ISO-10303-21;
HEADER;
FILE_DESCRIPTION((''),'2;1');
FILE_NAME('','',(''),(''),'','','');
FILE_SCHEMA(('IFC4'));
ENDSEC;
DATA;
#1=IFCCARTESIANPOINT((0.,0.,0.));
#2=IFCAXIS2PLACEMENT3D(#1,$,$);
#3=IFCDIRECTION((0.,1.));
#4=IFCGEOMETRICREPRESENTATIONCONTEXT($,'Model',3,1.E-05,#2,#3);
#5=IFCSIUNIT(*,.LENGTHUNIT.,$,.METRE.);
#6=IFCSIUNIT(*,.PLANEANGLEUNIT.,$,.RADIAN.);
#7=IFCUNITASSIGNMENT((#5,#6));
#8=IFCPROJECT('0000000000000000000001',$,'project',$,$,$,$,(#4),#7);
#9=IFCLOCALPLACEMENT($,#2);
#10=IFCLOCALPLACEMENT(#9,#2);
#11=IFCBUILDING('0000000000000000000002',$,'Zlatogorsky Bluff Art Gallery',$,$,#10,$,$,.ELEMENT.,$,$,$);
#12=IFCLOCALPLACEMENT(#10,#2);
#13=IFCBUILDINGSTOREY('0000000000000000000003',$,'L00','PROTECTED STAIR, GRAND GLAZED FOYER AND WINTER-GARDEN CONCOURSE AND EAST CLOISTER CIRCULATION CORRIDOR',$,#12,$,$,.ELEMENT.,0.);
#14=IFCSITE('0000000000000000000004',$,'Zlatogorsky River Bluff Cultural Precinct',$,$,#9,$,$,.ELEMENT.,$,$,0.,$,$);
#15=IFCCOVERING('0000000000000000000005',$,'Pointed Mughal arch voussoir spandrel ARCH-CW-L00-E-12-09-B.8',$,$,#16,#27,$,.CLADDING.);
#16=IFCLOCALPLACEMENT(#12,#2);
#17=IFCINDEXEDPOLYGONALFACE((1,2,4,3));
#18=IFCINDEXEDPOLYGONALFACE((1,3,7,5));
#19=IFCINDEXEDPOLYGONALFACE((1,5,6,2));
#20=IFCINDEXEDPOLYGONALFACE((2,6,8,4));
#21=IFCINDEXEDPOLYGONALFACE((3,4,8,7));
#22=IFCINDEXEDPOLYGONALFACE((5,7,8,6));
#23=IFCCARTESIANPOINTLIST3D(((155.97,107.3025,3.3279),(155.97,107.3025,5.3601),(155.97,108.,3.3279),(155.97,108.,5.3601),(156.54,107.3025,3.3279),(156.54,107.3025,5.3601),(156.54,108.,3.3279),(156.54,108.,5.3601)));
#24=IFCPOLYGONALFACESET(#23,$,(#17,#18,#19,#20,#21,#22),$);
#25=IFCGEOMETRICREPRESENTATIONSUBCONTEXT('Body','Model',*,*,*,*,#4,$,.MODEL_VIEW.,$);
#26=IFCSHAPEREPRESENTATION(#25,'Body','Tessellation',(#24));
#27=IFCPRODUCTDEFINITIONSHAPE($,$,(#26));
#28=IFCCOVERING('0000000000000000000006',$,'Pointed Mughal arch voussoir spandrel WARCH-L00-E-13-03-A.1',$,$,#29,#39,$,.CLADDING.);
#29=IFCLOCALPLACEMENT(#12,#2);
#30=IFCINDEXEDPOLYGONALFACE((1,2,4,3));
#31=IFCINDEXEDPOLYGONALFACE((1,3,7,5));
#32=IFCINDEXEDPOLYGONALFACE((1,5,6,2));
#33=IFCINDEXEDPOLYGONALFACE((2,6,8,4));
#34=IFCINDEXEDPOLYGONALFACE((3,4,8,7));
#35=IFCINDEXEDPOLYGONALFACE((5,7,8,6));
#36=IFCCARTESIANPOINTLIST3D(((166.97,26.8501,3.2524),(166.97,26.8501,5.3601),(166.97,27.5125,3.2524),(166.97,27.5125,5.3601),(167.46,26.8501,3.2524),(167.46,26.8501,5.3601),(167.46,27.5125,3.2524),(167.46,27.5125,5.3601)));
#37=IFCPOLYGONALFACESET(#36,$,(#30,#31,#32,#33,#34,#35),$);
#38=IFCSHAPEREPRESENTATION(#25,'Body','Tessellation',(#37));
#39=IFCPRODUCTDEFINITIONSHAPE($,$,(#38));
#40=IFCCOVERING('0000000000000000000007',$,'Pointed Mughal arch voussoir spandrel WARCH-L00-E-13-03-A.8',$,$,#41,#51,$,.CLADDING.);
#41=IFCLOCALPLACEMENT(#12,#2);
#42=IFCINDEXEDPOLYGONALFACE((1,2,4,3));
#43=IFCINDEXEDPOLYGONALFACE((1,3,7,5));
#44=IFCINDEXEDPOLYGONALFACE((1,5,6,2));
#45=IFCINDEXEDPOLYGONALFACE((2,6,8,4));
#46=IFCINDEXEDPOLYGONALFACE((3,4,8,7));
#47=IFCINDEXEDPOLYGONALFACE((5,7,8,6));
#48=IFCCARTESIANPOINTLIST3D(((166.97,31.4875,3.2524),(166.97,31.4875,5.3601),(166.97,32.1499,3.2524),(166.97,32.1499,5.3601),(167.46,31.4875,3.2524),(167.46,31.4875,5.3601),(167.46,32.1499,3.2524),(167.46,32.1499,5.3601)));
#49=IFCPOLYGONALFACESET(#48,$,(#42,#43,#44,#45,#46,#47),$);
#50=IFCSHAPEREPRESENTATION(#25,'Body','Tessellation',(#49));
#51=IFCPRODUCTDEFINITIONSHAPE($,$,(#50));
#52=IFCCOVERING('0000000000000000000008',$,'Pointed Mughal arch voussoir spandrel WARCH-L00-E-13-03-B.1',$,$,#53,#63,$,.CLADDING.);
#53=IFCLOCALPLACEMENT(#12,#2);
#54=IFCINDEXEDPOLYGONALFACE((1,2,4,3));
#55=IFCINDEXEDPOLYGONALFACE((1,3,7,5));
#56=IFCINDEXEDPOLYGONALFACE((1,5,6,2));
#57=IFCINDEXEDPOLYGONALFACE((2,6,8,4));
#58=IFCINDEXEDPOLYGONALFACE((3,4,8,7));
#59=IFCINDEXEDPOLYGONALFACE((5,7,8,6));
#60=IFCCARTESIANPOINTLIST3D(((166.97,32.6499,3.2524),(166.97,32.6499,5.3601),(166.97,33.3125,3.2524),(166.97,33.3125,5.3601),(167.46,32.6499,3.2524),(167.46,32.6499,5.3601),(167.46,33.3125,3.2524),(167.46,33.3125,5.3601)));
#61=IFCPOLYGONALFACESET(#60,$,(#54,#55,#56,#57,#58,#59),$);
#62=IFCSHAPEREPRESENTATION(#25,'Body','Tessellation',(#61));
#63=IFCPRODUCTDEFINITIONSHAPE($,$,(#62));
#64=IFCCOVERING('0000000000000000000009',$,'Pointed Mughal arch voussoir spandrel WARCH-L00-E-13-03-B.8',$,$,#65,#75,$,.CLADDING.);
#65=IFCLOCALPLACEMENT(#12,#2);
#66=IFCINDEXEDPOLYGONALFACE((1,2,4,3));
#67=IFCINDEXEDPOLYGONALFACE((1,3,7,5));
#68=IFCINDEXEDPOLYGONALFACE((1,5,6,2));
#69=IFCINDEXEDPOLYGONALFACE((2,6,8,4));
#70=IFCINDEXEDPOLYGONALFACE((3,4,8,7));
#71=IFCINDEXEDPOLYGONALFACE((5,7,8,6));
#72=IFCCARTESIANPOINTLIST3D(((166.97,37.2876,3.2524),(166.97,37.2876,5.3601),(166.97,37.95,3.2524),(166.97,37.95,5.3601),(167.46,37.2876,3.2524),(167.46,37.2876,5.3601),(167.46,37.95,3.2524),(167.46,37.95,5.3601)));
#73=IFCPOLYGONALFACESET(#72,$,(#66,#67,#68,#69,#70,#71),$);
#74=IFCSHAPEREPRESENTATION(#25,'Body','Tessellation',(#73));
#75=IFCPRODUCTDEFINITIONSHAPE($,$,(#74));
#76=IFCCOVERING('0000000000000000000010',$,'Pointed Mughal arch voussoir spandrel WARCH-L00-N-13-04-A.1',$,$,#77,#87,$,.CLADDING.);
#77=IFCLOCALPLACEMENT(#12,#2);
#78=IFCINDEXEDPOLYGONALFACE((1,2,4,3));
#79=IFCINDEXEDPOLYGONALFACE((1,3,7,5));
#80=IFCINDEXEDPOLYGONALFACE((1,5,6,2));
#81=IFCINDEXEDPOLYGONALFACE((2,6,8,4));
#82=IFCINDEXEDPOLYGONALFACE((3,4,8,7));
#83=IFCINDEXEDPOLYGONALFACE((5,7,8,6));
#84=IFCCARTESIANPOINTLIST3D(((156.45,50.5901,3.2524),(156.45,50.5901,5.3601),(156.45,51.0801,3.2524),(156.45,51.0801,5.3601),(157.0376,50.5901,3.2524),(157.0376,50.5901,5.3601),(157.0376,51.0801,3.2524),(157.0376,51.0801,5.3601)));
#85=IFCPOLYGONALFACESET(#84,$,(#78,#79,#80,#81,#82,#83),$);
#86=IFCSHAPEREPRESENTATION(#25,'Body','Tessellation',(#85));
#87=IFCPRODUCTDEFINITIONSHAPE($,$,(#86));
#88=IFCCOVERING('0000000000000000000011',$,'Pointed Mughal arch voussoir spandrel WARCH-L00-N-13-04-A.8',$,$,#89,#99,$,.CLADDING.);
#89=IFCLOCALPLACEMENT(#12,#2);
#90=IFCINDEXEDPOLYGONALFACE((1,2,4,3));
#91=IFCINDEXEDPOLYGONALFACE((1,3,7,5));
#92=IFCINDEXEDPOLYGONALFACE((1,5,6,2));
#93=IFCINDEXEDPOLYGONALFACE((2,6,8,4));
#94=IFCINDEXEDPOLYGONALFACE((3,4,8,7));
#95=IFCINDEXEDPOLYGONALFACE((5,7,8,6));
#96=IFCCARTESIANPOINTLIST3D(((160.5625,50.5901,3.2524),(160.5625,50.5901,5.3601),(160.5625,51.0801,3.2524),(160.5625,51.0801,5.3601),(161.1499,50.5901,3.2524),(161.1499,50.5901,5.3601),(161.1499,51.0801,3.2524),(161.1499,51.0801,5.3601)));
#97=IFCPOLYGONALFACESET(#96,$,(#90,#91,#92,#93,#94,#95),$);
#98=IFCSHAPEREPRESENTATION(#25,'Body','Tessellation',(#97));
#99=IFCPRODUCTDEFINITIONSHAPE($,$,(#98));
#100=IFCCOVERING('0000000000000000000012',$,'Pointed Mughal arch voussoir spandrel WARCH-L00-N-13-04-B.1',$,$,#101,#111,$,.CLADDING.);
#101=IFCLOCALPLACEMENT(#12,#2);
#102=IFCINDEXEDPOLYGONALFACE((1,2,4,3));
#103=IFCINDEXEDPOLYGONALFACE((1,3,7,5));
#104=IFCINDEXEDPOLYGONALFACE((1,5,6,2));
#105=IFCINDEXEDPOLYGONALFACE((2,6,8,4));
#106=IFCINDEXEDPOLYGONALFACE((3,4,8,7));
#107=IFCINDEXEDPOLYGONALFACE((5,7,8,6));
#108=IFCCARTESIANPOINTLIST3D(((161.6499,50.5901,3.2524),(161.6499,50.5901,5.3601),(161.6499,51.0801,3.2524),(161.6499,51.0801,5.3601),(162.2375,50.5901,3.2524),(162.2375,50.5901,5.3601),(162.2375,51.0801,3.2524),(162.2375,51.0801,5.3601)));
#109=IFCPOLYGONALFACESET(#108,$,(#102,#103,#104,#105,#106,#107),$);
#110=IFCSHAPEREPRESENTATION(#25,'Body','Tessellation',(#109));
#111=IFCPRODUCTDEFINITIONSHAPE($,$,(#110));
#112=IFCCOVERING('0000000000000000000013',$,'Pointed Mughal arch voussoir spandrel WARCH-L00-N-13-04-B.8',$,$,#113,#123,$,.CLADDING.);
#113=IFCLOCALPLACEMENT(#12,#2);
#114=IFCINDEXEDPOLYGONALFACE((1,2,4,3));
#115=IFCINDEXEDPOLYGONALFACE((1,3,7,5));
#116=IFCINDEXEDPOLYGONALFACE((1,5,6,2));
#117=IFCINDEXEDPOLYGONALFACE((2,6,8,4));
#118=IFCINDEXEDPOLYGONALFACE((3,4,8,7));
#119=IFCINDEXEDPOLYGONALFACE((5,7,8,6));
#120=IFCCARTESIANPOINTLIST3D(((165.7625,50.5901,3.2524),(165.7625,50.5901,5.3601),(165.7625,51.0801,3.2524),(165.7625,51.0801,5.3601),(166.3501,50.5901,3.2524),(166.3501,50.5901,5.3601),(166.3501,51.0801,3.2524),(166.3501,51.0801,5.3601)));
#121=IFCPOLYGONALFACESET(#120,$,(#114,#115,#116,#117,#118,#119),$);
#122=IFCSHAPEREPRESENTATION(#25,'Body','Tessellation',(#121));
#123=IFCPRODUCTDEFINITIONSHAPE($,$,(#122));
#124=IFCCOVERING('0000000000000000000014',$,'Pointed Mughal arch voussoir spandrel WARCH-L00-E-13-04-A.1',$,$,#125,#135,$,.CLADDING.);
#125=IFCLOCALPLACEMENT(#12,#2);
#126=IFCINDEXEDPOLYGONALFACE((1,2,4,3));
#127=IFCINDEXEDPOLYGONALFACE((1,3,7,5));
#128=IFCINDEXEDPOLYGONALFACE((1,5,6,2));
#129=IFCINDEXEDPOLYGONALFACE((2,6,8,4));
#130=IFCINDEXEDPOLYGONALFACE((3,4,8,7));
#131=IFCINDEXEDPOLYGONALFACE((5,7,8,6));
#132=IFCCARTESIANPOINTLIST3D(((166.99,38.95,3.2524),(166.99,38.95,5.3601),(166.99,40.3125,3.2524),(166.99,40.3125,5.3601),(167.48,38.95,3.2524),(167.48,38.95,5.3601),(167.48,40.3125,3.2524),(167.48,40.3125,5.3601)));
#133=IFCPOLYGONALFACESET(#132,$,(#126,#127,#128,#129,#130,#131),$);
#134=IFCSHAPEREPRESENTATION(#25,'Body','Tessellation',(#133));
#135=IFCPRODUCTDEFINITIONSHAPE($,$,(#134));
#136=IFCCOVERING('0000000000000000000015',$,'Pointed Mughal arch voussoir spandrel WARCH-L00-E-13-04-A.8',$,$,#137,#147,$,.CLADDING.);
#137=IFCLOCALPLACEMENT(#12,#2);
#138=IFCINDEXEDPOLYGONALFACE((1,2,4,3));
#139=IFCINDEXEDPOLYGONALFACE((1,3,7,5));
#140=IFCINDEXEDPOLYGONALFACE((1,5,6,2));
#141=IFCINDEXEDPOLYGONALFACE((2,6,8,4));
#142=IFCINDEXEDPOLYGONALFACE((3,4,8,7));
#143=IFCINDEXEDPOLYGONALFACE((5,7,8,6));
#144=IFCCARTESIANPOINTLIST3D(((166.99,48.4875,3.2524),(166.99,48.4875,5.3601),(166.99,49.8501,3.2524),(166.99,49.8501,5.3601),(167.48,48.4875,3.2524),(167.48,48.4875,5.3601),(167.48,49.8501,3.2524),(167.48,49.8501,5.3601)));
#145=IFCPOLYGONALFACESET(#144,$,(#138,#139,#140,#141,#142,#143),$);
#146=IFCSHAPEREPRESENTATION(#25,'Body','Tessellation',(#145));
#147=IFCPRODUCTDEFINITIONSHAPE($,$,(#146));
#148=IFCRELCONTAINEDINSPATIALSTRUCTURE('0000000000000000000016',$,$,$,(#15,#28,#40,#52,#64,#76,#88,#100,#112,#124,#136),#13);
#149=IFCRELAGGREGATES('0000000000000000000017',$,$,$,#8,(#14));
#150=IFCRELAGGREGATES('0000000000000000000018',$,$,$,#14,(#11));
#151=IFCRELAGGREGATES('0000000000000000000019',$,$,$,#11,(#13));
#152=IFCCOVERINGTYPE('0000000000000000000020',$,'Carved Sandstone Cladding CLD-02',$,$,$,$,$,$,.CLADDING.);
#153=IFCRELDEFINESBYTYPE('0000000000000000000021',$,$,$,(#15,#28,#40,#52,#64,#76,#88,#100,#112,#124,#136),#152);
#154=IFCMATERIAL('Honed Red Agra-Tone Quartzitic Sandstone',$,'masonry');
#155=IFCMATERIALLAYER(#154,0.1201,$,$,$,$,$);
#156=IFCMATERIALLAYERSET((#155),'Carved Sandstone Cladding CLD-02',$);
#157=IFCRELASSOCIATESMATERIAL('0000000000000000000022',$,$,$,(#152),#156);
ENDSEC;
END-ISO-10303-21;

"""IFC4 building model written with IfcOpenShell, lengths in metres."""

from ifc_helpers import new_model, si_unit, direction, frame, origin, place, context, subcontext, project, spatial, polyline, outline, extrude, material, layer, layer_set, type_object, element, save


model = new_model("IFC4")

# Units and contexts
model_context = context("Model", 3, precision=1e-05, world=origin(), true_north=direction((0.0, 1.0)))
body_context = subcontext(model_context, "Body", "Model", "MODEL_VIEW")
ifc_project = project(units=[si_unit("LENGTHUNIT", "METRE"), si_unit("PLANEANGLEUNIT", "RADIAN")], contexts=[model_context])

# Site, building, storey
site_placement = place(None, origin())
site = spatial("IfcSite", under=ifc_project, at=site_placement, Name="Zlatogorsky River Bluff Cultural Precinct", CompositionType="ELEMENT", RefElevation=0.0)
building_placement = place(site_placement, origin())
building = spatial("IfcBuilding", under=site, at=building_placement, Name="Zlatogorsky Bluff Art Gallery", CompositionType="ELEMENT")
storey_placement = place(building_placement, origin())
storey = spatial("IfcBuildingStorey", under=building, at=storey_placement, Name="L00", Description="PROTECTED STAIR, GRAND GLAZED FOYER AND WINTER-GARDEN CONCOURSE AND EAST CLOISTER CIRCULATION CORRIDOR", CompositionType="ELEMENT", Elevation=0.0)

# Coverings
ifc_material = material(Name="Honed Red Agra-Tone Quartzitic Sandstone", Category="masonry")
ifc_layer = layer(ifc_material, 0.1201)
ifc_layer_set = layer_set([ifc_layer], Name="Carved Sandstone Cladding CLD-02")
covering_type = type_object("IfcCoveringType", Name="Carved Sandstone Cladding CLD-02", PredefinedType="CLADDING", material=ifc_layer_set)
covering_1_placement = place(storey_placement, frame((0.0, 0.0, 3.3279)))
element("IfcCovering", 1, at=covering_1_placement, inside=storey, type_object=covering_type, Name="Pointed Mughal arch voussoir spandrel ARCH-CW-L00-E-12-09-B.8", PredefinedType="CLADDING", context=body_context, shape_type="SweptSolid", body=[
    extrude(outline(polyline([(155.97, 107.3025), (155.97, 108.0), (156.54, 108.0), (156.54, 107.3025), (155.97, 107.3025)])), origin(), (0.0, 0.0, 1.0), 2.0322),
])
covering_2_placement = place(storey_placement, frame((0.0, 0.0, 3.2524)))
element("IfcCovering", 2, at=covering_2_placement, inside=storey, type_object=covering_type, Name="Pointed Mughal arch voussoir spandrel WARCH-L00-E-13-03-A.1", PredefinedType="CLADDING", context=body_context, shape_type="SweptSolid", body=[
    extrude(outline(polyline([(166.97, 26.8501), (166.97, 27.5125), (167.46, 27.5125), (167.46, 26.8501), (166.97, 26.8501)])), origin(), (0.0, 0.0, 1.0), 2.1077),
])
covering_3_placement = place(storey_placement, frame((0.0, 0.0, 3.2524)))
element("IfcCovering", 3, at=covering_3_placement, inside=storey, type_object=covering_type, Name="Pointed Mughal arch voussoir spandrel WARCH-L00-E-13-03-A.8", PredefinedType="CLADDING", context=body_context, shape_type="SweptSolid", body=[
    extrude(outline(polyline([(166.97, 31.4875), (166.97, 32.1499), (167.46, 32.1499), (167.46, 31.4875), (166.97, 31.4875)])), origin(), (0.0, 0.0, 1.0), 2.1077),
])
covering_4_placement = place(storey_placement, frame((0.0, 0.0, 3.2524)))
element("IfcCovering", 4, at=covering_4_placement, inside=storey, type_object=covering_type, Name="Pointed Mughal arch voussoir spandrel WARCH-L00-E-13-03-B.1", PredefinedType="CLADDING", context=body_context, shape_type="SweptSolid", body=[
    extrude(outline(polyline([(166.97, 32.6499), (166.97, 33.3125), (167.46, 33.3125), (167.46, 32.6499), (166.97, 32.6499)])), origin(), (0.0, 0.0, 1.0), 2.1077),
])
covering_5_placement = place(storey_placement, frame((0.0, 0.0, 3.2524)))
element("IfcCovering", 5, at=covering_5_placement, inside=storey, type_object=covering_type, Name="Pointed Mughal arch voussoir spandrel WARCH-L00-E-13-03-B.8", PredefinedType="CLADDING", context=body_context, shape_type="SweptSolid", body=[
    extrude(outline(polyline([(166.97, 37.2876), (166.97, 37.95), (167.46, 37.95), (167.46, 37.2876), (166.97, 37.2876)])), origin(), (0.0, 0.0, 1.0), 2.1077),
])
covering_6_placement = place(storey_placement, frame((0.0, 0.0, 3.2524)))
element("IfcCovering", 6, at=covering_6_placement, inside=storey, type_object=covering_type, Name="Pointed Mughal arch voussoir spandrel WARCH-L00-N-13-04-A.1", PredefinedType="CLADDING", context=body_context, shape_type="SweptSolid", body=[
    extrude(outline(polyline([(156.45, 50.5901), (157.0376, 50.5901), (157.0376, 51.0801), (156.45, 51.0801), (156.45, 50.5901)])), origin(), (0.0, 0.0, 1.0), 2.1077),
])
covering_7_placement = place(storey_placement, frame((0.0, 0.0, 3.2524)))
element("IfcCovering", 7, at=covering_7_placement, inside=storey, type_object=covering_type, Name="Pointed Mughal arch voussoir spandrel WARCH-L00-N-13-04-A.8", PredefinedType="CLADDING", context=body_context, shape_type="SweptSolid", body=[
    extrude(outline(polyline([(160.5625, 50.5901), (161.1499, 50.5901), (161.1499, 51.0801), (160.5625, 51.0801), (160.5625, 50.5901)])), origin(), (0.0, 0.0, 1.0), 2.1077),
])
covering_8_placement = place(storey_placement, frame((0.0, 0.0, 3.2524)))
element("IfcCovering", 8, at=covering_8_placement, inside=storey, type_object=covering_type, Name="Pointed Mughal arch voussoir spandrel WARCH-L00-N-13-04-B.1", PredefinedType="CLADDING", context=body_context, shape_type="SweptSolid", body=[
    extrude(outline(polyline([(161.6499, 50.5901), (162.2375, 50.5901), (162.2375, 51.0801), (161.6499, 51.0801), (161.6499, 50.5901)])), origin(), (0.0, 0.0, 1.0), 2.1077),
])
covering_9_placement = place(storey_placement, frame((0.0, 0.0, 3.2524)))
element("IfcCovering", 9, at=covering_9_placement, inside=storey, type_object=covering_type, Name="Pointed Mughal arch voussoir spandrel WARCH-L00-N-13-04-B.8", PredefinedType="CLADDING", context=body_context, shape_type="SweptSolid", body=[
    extrude(outline(polyline([(165.7625, 50.5901), (166.3501, 50.5901), (166.3501, 51.0801), (165.7625, 51.0801), (165.7625, 50.5901)])), origin(), (0.0, 0.0, 1.0), 2.1077),
])
covering_10_placement = place(storey_placement, frame((0.0, 0.0, 3.2524)))
element("IfcCovering", 10, at=covering_10_placement, inside=storey, type_object=covering_type, Name="Pointed Mughal arch voussoir spandrel WARCH-L00-E-13-04-A.1", PredefinedType="CLADDING", context=body_context, shape_type="SweptSolid", body=[
    extrude(outline(polyline([(166.99, 38.95), (166.99, 40.3125), (167.48, 40.3125), (167.48, 38.95), (166.99, 38.95)])), origin(), (0.0, 0.0, 1.0), 2.1077),
])
covering_11_placement = place(storey_placement, frame((0.0, 0.0, 3.2524)))
element("IfcCovering", 11, at=covering_11_placement, inside=storey, type_object=covering_type, Name="Pointed Mughal arch voussoir spandrel WARCH-L00-E-13-04-A.8", PredefinedType="CLADDING", context=body_context, shape_type="SweptSolid", body=[
    extrude(outline(polyline([(166.99, 48.4875), (166.99, 49.8501), (167.48, 49.8501), (167.48, 48.4875), (166.99, 48.4875)])), origin(), (0.0, 0.0, 1.0), 2.1077),
])

save(model, "model.ifc")
